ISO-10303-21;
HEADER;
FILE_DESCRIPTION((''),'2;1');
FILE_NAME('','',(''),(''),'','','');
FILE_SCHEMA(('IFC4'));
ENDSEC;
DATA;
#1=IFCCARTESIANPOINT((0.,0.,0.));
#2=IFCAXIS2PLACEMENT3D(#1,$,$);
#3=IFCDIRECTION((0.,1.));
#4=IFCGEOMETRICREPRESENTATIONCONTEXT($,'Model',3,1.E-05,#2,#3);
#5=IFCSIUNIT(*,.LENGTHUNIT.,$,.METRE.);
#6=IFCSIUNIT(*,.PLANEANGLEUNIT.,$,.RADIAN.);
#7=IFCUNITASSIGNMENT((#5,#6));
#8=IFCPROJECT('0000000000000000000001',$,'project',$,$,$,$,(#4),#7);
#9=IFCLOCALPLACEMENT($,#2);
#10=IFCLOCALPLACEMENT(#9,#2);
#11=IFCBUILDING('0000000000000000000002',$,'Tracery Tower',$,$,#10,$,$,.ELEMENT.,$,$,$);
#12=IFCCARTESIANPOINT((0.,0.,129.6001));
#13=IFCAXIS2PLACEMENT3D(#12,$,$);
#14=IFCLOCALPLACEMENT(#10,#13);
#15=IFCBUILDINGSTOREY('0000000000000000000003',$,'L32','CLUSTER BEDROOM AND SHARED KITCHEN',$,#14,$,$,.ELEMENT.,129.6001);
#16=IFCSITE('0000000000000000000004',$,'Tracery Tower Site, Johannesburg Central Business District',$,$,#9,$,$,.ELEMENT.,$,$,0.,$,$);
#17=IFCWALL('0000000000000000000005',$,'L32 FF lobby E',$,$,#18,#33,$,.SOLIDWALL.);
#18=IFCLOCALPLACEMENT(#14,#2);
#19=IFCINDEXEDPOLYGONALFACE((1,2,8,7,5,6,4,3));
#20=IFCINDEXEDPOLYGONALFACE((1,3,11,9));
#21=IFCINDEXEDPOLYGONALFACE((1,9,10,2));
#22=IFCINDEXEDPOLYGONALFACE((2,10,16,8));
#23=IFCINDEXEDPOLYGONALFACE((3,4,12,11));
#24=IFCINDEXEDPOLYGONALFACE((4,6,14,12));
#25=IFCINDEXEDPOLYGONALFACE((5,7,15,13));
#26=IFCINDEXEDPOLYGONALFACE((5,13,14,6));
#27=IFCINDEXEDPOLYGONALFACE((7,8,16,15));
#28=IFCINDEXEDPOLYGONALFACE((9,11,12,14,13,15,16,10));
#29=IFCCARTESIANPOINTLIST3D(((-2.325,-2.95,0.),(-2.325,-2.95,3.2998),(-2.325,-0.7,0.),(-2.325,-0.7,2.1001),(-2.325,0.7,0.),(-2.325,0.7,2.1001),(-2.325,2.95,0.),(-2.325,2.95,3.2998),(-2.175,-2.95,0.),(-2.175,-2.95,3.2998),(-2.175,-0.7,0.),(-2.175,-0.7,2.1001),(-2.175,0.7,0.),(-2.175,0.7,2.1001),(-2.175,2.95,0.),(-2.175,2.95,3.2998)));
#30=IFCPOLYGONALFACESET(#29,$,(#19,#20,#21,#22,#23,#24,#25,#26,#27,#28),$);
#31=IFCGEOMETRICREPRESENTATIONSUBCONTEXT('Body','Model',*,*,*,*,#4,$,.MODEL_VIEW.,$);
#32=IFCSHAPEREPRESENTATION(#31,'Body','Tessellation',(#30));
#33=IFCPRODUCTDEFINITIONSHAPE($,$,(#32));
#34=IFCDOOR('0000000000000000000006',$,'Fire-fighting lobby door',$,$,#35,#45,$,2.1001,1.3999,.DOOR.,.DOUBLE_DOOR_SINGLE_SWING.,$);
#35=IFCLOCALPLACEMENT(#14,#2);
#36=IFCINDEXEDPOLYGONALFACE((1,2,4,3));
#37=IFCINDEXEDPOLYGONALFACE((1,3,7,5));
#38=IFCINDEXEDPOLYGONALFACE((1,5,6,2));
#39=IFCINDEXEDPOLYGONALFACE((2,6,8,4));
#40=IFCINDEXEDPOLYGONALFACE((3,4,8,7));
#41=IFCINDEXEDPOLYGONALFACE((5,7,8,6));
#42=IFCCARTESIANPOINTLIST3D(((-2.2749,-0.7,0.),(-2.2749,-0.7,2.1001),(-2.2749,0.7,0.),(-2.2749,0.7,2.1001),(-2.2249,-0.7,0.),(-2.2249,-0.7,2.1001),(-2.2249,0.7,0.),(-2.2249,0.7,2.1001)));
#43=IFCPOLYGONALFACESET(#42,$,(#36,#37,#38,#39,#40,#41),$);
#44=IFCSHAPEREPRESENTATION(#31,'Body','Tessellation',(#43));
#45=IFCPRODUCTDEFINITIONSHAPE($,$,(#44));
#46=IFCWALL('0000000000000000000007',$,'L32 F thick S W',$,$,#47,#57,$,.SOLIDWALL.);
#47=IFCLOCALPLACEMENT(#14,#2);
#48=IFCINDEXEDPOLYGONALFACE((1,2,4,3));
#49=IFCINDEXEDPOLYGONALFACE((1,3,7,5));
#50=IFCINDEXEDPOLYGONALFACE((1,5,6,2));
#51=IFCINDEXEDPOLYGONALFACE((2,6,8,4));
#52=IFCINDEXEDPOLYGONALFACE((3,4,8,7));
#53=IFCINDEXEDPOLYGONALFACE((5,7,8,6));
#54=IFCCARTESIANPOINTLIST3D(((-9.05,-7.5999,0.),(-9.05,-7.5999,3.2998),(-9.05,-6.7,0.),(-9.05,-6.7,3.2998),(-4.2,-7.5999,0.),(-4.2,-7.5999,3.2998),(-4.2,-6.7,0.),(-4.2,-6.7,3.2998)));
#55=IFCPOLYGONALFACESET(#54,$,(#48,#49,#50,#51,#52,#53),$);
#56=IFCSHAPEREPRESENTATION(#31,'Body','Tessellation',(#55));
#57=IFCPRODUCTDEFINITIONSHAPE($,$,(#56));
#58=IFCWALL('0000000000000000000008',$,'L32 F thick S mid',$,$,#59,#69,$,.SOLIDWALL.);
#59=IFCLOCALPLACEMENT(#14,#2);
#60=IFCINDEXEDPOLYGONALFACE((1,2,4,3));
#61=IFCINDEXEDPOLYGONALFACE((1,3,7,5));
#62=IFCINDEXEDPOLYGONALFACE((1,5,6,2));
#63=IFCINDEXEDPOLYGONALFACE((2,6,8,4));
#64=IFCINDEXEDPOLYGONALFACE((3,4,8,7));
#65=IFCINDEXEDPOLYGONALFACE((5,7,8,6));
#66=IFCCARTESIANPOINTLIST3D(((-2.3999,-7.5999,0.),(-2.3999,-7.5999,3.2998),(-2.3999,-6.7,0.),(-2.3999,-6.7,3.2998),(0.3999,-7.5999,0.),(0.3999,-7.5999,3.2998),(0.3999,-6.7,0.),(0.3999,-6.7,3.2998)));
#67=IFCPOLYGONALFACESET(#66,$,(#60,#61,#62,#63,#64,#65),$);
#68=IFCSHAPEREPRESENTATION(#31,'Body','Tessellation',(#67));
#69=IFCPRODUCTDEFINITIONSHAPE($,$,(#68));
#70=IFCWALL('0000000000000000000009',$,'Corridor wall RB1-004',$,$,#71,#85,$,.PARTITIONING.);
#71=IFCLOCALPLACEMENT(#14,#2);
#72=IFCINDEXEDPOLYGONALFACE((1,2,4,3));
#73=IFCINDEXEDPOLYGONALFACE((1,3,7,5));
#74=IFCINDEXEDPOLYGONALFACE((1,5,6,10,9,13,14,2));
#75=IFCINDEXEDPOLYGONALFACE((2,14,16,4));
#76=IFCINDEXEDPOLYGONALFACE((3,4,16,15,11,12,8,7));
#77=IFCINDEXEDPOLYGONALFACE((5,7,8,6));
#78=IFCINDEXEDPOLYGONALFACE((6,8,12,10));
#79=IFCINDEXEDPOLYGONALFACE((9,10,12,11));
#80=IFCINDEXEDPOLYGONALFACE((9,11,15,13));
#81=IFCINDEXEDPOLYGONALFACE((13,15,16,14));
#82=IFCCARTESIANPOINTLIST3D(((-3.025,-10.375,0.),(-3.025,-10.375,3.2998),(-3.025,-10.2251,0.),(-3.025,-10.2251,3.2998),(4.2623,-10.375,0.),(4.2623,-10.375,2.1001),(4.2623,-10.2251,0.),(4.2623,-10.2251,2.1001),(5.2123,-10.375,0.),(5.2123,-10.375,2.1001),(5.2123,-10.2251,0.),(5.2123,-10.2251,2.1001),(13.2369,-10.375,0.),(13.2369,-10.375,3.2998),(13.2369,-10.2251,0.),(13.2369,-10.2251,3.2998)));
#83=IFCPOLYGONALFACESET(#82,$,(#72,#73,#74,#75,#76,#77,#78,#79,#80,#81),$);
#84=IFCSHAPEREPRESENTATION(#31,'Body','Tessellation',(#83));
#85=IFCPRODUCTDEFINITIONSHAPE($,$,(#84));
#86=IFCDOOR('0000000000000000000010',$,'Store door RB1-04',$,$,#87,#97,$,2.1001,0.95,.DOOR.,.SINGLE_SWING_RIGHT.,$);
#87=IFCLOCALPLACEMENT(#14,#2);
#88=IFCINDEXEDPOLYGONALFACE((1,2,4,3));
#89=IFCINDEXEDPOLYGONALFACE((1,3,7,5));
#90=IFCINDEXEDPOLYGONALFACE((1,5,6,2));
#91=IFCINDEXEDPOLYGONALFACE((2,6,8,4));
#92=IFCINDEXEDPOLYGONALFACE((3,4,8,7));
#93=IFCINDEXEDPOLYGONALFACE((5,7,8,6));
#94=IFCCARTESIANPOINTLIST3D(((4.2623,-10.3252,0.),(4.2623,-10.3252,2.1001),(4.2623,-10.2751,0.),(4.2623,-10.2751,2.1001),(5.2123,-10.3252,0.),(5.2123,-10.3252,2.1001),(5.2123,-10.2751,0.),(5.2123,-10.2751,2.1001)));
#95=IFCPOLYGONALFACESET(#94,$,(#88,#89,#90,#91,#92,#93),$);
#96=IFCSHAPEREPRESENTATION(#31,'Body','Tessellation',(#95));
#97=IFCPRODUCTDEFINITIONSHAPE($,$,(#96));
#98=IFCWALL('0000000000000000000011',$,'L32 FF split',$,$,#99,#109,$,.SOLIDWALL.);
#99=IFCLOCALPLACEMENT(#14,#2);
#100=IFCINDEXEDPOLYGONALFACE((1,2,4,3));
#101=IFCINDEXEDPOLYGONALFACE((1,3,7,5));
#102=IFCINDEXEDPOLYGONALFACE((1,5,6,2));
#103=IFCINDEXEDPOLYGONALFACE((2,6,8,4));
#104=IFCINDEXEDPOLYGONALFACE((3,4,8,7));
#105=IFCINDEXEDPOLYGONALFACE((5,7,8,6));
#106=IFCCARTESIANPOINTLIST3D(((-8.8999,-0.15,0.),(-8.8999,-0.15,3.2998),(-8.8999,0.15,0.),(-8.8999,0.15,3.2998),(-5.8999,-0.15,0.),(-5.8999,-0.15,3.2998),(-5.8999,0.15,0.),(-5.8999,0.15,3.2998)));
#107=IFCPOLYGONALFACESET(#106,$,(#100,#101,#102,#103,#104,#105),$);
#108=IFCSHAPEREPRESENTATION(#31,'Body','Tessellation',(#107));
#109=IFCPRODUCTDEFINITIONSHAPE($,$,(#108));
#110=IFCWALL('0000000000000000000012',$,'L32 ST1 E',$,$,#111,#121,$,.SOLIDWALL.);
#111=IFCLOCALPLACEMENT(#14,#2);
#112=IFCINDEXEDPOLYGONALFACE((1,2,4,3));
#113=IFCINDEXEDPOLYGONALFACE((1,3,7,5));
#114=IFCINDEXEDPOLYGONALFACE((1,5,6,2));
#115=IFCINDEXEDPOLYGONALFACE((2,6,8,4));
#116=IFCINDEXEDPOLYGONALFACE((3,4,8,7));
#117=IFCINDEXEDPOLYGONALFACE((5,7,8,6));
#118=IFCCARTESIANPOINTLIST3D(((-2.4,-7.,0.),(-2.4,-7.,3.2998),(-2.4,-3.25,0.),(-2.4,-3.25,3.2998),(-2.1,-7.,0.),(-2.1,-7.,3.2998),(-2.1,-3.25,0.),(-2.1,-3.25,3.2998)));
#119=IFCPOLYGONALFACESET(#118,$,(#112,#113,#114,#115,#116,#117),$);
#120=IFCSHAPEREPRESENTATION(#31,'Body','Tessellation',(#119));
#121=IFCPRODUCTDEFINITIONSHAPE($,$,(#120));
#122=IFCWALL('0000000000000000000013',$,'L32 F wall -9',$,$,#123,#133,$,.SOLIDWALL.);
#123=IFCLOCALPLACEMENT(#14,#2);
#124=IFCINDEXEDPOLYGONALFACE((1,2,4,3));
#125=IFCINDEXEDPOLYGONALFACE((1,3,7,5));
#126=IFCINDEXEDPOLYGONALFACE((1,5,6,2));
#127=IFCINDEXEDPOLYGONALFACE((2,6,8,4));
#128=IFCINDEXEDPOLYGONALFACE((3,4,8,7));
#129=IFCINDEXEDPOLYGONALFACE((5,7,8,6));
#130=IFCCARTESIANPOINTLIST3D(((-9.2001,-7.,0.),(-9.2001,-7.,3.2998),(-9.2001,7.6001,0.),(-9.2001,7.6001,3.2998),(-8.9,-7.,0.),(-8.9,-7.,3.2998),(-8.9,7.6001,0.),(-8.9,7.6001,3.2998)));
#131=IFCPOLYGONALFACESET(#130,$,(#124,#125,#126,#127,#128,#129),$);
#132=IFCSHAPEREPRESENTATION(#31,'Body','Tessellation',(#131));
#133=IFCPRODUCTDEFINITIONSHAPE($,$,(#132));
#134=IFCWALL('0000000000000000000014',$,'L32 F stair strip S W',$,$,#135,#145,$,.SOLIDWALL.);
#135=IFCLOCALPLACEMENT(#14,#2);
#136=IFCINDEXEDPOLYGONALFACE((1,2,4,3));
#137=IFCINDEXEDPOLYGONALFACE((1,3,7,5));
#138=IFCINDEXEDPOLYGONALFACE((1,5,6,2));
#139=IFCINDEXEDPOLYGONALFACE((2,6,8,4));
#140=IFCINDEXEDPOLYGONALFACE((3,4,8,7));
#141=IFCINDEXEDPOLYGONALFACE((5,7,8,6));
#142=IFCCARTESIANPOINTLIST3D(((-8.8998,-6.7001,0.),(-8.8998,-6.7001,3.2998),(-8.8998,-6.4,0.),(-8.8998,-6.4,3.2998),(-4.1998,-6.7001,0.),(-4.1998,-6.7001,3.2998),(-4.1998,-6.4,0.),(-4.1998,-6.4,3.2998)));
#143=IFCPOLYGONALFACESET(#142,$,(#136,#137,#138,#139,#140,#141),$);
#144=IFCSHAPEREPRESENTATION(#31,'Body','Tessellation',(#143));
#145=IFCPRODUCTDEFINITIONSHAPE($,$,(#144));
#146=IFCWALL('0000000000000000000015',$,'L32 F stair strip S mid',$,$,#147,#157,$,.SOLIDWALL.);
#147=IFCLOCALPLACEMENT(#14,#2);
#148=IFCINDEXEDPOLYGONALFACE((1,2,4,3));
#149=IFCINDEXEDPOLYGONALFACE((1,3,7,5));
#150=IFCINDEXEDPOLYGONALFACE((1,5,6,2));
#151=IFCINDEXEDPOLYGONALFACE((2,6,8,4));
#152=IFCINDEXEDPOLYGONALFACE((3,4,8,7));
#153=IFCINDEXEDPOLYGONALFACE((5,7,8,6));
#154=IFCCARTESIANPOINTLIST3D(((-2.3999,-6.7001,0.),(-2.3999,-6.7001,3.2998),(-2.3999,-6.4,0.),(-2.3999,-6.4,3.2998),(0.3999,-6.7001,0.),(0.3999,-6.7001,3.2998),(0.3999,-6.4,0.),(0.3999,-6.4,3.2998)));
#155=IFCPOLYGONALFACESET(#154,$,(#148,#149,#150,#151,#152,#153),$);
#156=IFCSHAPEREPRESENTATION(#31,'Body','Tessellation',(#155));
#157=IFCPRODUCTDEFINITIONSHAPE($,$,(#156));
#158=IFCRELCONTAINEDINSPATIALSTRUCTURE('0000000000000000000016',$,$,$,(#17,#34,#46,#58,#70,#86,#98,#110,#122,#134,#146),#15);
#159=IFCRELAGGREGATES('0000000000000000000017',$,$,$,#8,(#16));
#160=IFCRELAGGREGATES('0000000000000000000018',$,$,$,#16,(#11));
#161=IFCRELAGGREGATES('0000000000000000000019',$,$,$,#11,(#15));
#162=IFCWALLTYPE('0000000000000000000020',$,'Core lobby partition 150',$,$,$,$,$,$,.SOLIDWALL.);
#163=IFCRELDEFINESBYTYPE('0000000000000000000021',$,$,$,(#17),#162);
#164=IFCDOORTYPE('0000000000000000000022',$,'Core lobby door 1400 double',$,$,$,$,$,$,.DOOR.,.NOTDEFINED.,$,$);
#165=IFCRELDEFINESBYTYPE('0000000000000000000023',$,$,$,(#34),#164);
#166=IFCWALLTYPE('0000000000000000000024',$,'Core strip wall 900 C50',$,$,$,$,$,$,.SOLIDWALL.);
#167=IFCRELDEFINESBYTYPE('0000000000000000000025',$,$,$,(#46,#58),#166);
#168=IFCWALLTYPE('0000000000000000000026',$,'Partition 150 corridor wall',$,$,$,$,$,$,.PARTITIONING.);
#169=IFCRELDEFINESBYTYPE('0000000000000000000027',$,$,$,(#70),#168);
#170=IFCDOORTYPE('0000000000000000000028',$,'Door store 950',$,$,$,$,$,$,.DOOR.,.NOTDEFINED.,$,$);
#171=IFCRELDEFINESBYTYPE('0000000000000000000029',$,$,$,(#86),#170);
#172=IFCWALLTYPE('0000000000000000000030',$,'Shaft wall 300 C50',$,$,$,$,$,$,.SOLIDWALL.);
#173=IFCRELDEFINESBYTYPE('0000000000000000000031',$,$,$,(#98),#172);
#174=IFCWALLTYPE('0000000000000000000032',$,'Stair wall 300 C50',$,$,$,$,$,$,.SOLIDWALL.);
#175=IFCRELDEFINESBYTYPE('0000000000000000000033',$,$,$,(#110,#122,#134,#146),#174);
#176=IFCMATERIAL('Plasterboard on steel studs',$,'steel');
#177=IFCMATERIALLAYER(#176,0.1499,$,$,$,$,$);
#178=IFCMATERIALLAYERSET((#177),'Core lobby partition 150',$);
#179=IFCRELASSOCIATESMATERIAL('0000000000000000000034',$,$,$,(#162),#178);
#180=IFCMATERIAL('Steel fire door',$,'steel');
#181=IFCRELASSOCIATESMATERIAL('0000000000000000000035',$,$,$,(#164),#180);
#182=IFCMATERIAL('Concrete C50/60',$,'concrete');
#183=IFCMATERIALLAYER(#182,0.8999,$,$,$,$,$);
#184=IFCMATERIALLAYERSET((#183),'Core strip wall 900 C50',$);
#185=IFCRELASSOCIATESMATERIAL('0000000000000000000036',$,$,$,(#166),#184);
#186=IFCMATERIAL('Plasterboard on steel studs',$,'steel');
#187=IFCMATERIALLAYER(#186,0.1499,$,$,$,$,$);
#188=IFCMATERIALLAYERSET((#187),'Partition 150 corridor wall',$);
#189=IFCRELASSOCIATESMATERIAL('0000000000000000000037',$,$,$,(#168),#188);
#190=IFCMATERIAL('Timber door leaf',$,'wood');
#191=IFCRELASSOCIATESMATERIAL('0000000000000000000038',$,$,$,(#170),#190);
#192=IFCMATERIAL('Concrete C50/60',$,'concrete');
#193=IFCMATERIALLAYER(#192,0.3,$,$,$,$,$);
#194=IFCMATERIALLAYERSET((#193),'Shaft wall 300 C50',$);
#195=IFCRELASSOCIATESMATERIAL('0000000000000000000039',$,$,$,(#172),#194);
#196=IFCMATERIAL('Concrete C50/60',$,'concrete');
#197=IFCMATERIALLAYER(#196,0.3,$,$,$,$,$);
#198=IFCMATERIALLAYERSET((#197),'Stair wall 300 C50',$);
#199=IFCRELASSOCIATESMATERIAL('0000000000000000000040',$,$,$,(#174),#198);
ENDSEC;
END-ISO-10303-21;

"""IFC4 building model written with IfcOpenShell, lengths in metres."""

from ifc_helpers import new_model, si_unit, direction, frame, frame_2d, origin, place, context, subcontext, project, spatial, rectangle, extrude, material, layer, layer_set, type_object, element, fill, save


model = new_model("IFC4")

# Units and contexts
model_context = context("Model", 3, precision=1e-05, world=origin(), true_north=direction((0.0, 1.0)))
body_context = subcontext(model_context, "Body", "Model", "MODEL_VIEW")
ifc_project = project(units=[si_unit("LENGTHUNIT", "METRE"), si_unit("PLANEANGLEUNIT", "RADIAN")], contexts=[model_context])

# Site, building, storey
site_placement = place(None, origin())
site = spatial("IfcSite", under=ifc_project, at=site_placement, Name="Tracery Tower Site, Johannesburg Central Business District", CompositionType="ELEMENT", RefElevation=0.0)
building_placement = place(site_placement, origin())
building = spatial("IfcBuilding", under=site, at=building_placement, Name="Tracery Tower", CompositionType="ELEMENT")
storey_placement = place(building_placement, frame((0.0, 0.0, 129.6001)))
storey = spatial("IfcBuildingStorey", under=building, at=storey_placement, Name="L32", Description="CLUSTER BEDROOM AND SHARED KITCHEN", CompositionType="ELEMENT", Elevation=129.6001)

# Wall, opening, door
ifc_material_1 = material(Name="Plasterboard on steel studs", Category="steel")
ifc_layer_1 = layer(ifc_material_1, 0.1499)
ifc_layer_set_1 = layer_set([ifc_layer_1], Name="Core lobby partition 150")
wall_type_1 = type_object("IfcWallType", Name="Core lobby partition 150", PredefinedType="SOLIDWALL", material=ifc_layer_set_1)
wall_1_placement = place(storey_placement, frame((-2.25, -2.95, 0.0), z_axis=(0.0, 0.0, 1.0), x_axis=(0.0, 1.0, 0.0)))
wall_1 = element("IfcWall", 1, at=wall_1_placement, inside=storey, type_object=wall_type_1, Name="L32 FF lobby E", PredefinedType="SOLIDWALL", context=body_context, shape_type="SweptSolid", body=[
    extrude(rectangle(XDim=5.8999, YDim=0.1499, at=frame_2d((2.95, 0.0))), origin(), (0.0, 0.0, 1.0), 3.2998),
])
opening_1_placement = place(wall_1_placement, frame((2.25, 0.0, 0.0)))
opening_1 = element("IfcOpeningElement", 2, at=opening_1_placement, cuts=wall_1, PredefinedType="OPENING", context=body_context, shape_type="SweptSolid", body=[
    extrude(rectangle(XDim=1.3999, YDim=2.1001, at=frame_2d((0.7, 1.05))), frame((0.0, 0.075, 0.0), z_axis=(0.0, -1.0, 0.0), x_axis=(1.0, 0.0, 0.0)), (0.0, 0.0, 1.0), 0.1499),
])
ifc_material_2 = material(Name="Steel fire door", Category="steel")
door_type_1 = type_object("IfcDoorType", Name="Core lobby door 1400 double", OperationType="NOTDEFINED", PredefinedType="DOOR", material=ifc_material_2)
door_1_placement = place(opening_1_placement, origin())
door_1 = element("IfcDoor", 3, at=door_1_placement, inside=storey, type_object=door_type_1, Name="Fire-fighting lobby door", OperationType="DOUBLE_DOOR_SINGLE_SWING", OverallHeight=2.1001, OverallWidth=1.3999, PredefinedType="DOOR", context=body_context, shape_type="SweptSolid", body=[
    extrude(rectangle(XDim=1.3999, YDim=2.1001, at=frame_2d((0.7, 1.05))), frame((0.0, 0.0249, 0.0), z_axis=(0.0, -1.0, 0.0), x_axis=(1.0, 0.0, 0.0)), (0.0, 0.0, 1.0), 0.05),
])
fill(opening_1, door_1)

# Walls
ifc_material_3 = material(Name="Concrete C50/60", Category="concrete")
ifc_layer_2 = layer(ifc_material_3, 0.8999)
ifc_layer_set_2 = layer_set([ifc_layer_2], Name="Core strip wall 900 C50")
wall_type_2 = type_object("IfcWallType", Name="Core strip wall 900 C50", PredefinedType="SOLIDWALL", material=ifc_layer_set_2)
wall_2_placement = place(storey_placement, frame((-9.05, -7.1499, 0.0), z_axis=(0.0, 0.0, 1.0), x_axis=(1.0, 0.0, 0.0)))
element("IfcWall", 4, at=wall_2_placement, inside=storey, type_object=wall_type_2, Name="L32 F thick S W", PredefinedType="SOLIDWALL", context=body_context, shape_type="SweptSolid", body=[
    extrude(rectangle(XDim=4.8501, YDim=0.8999, at=frame_2d((2.425, 0.0))), origin(), (0.0, 0.0, 1.0), 3.2998),
])
wall_3_placement = place(storey_placement, frame((-2.3999, -7.1499, 0.0), z_axis=(0.0, 0.0, 1.0), x_axis=(1.0, 0.0, 0.0)))
element("IfcWall", 5, at=wall_3_placement, inside=storey, type_object=wall_type_2, Name="L32 F thick S mid", PredefinedType="SOLIDWALL", context=body_context, shape_type="SweptSolid", body=[
    extrude(rectangle(XDim=2.7998, YDim=0.8999, at=frame_2d((1.3999, 0.0))), origin(), (0.0, 0.0, 1.0), 3.2998),
])

# Wall, opening, door
ifc_material_4 = material(Name="Plasterboard on steel studs", Category="steel")
ifc_layer_3 = layer(ifc_material_4, 0.1499)
ifc_layer_set_3 = layer_set([ifc_layer_3], Name="Partition 150 corridor wall")
wall_type_3 = type_object("IfcWallType", Name="Partition 150 corridor wall", PredefinedType="PARTITIONING", material=ifc_layer_set_3)
wall_4_placement = place(storey_placement, frame((-3.0249, -10.3, 0.0), z_axis=(0.0, 0.0, 1.0), x_axis=(1.0, 0.0, 0.0)))
wall_4 = element("IfcWall", 6, at=wall_4_placement, inside=storey, type_object=wall_type_3, Name="Corridor wall RB1-004", PredefinedType="PARTITIONING", context=body_context, shape_type="SweptSolid", body=[
    extrude(rectangle(XDim=16.262, YDim=0.1499, at=frame_2d((8.1309, 0.0))), origin(), (0.0, 0.0, 1.0), 3.2998),
])
opening_2_placement = place(wall_4_placement, frame((7.2871, 0.0, 0.0)))
opening_2 = element("IfcOpeningElement", 7, at=opening_2_placement, cuts=wall_4, PredefinedType="OPENING", context=body_context, shape_type="SweptSolid", body=[
    extrude(rectangle(XDim=0.95, YDim=2.1001, at=frame_2d((0.4751, 1.05))), frame((0.0, 0.075, 0.0), z_axis=(0.0, -1.0, 0.0), x_axis=(1.0, 0.0, 0.0)), (0.0, 0.0, 1.0), 0.1499),
])
ifc_material_5 = material(Name="Timber door leaf", Category="wood")
door_type_2 = type_object("IfcDoorType", Name="Door store 950", OperationType="NOTDEFINED", PredefinedType="DOOR", material=ifc_material_5)
door_2_placement = place(opening_2_placement, origin())
door_2 = element("IfcDoor", 8, at=door_2_placement, inside=storey, type_object=door_type_2, Name="Store door RB1-04", OperationType="SINGLE_SWING_RIGHT", OverallHeight=2.1001, OverallWidth=0.95, PredefinedType="DOOR", context=body_context, shape_type="SweptSolid", body=[
    extrude(rectangle(XDim=0.95, YDim=2.1001, at=frame_2d((0.4751, 1.05))), frame((0.0, 0.0249, 0.0), z_axis=(0.0, -1.0, 0.0), x_axis=(1.0, 0.0, 0.0)), (0.0, 0.0, 1.0), 0.05),
])
fill(opening_2, door_2)

# Wall
ifc_material_6 = material(Name="Concrete C50/60", Category="concrete")
ifc_layer_4 = layer(ifc_material_6, 0.3)
ifc_layer_set_4 = layer_set([ifc_layer_4], Name="Shaft wall 300 C50")
wall_type_4 = type_object("IfcWallType", Name="Shaft wall 300 C50", PredefinedType="SOLIDWALL", material=ifc_layer_set_4)
wall_5_placement = place(storey_placement, frame((-8.8999, 0.0, 0.0), z_axis=(0.0, 0.0, 1.0), x_axis=(1.0, 0.0, 0.0)))
element("IfcWall", 9, at=wall_5_placement, inside=storey, type_object=wall_type_4, Name="L32 FF split", PredefinedType="SOLIDWALL", context=body_context, shape_type="SweptSolid", body=[
    extrude(rectangle(XDim=3.0, YDim=0.3, at=frame_2d((1.5, 0.0))), origin(), (0.0, 0.0, 1.0), 3.2998),
])

# Shared definitions
ifc_material_7 = material(Name="Concrete C50/60", Category="concrete")
ifc_layer_5 = layer(ifc_material_7, 0.3)
ifc_layer_set_5 = layer_set([ifc_layer_5], Name="Stair wall 300 C50")
wall_type_5 = type_object("IfcWallType", Name="Stair wall 300 C50", PredefinedType="SOLIDWALL", material=ifc_layer_set_5)

# Walls
wall_6_placement = place(storey_placement, frame((-2.25, -7.0, 0.0), z_axis=(0.0, 0.0, 1.0), x_axis=(0.0, 1.0, 0.0)))
element("IfcWall", 10, at=wall_6_placement, inside=storey, type_object=wall_type_5, Name="L32 ST1 E", PredefinedType="SOLIDWALL", context=body_context, shape_type="SweptSolid", body=[
    extrude(rectangle(XDim=3.75, YDim=0.3, at=frame_2d((1.875, 0.0))), origin(), (0.0, 0.0, 1.0), 3.2998),
])
wall_7_placement = place(storey_placement, frame((-9.05, -7.0, 0.0), z_axis=(0.0, 0.0, 1.0), x_axis=(0.0, 1.0, 0.0)))
element("IfcWall", 11, at=wall_7_placement, inside=storey, type_object=wall_type_5, Name="L32 F wall -9", PredefinedType="SOLIDWALL", context=body_context, shape_type="SweptSolid", body=[
    extrude(rectangle(XDim=14.6001, YDim=0.3, at=frame_2d((7.3, 0.0))), origin(), (0.0, 0.0, 1.0), 3.2998),
])
wall_8_placement = place(storey_placement, frame((-8.8999, -6.55, 0.0), z_axis=(0.0, 0.0, 1.0), x_axis=(1.0, 0.0, 0.0)))
element("IfcWall", 12, at=wall_8_placement, inside=storey, type_object=wall_type_5, Name="L32 F stair strip S W", PredefinedType="SOLIDWALL", context=body_context, shape_type="SweptSolid", body=[
    extrude(rectangle(XDim=4.7, YDim=0.3, at=frame_2d((2.3501, 0.0))), origin(), (0.0, 0.0, 1.0), 3.2998),
])
wall_9_placement = place(storey_placement, frame((-2.3999, -6.55, 0.0), z_axis=(0.0, 0.0, 1.0), x_axis=(1.0, 0.0, 0.0)))
element("IfcWall", 13, at=wall_9_placement, inside=storey, type_object=wall_type_5, Name="L32 F stair strip S mid", PredefinedType="SOLIDWALL", context=body_context, shape_type="SweptSolid", body=[
    extrude(rectangle(XDim=2.7998, YDim=0.3, at=frame_2d((1.3999, 0.0))), origin(), (0.0, 0.0, 1.0), 3.2998),
])

save(model, "model.ifc")
